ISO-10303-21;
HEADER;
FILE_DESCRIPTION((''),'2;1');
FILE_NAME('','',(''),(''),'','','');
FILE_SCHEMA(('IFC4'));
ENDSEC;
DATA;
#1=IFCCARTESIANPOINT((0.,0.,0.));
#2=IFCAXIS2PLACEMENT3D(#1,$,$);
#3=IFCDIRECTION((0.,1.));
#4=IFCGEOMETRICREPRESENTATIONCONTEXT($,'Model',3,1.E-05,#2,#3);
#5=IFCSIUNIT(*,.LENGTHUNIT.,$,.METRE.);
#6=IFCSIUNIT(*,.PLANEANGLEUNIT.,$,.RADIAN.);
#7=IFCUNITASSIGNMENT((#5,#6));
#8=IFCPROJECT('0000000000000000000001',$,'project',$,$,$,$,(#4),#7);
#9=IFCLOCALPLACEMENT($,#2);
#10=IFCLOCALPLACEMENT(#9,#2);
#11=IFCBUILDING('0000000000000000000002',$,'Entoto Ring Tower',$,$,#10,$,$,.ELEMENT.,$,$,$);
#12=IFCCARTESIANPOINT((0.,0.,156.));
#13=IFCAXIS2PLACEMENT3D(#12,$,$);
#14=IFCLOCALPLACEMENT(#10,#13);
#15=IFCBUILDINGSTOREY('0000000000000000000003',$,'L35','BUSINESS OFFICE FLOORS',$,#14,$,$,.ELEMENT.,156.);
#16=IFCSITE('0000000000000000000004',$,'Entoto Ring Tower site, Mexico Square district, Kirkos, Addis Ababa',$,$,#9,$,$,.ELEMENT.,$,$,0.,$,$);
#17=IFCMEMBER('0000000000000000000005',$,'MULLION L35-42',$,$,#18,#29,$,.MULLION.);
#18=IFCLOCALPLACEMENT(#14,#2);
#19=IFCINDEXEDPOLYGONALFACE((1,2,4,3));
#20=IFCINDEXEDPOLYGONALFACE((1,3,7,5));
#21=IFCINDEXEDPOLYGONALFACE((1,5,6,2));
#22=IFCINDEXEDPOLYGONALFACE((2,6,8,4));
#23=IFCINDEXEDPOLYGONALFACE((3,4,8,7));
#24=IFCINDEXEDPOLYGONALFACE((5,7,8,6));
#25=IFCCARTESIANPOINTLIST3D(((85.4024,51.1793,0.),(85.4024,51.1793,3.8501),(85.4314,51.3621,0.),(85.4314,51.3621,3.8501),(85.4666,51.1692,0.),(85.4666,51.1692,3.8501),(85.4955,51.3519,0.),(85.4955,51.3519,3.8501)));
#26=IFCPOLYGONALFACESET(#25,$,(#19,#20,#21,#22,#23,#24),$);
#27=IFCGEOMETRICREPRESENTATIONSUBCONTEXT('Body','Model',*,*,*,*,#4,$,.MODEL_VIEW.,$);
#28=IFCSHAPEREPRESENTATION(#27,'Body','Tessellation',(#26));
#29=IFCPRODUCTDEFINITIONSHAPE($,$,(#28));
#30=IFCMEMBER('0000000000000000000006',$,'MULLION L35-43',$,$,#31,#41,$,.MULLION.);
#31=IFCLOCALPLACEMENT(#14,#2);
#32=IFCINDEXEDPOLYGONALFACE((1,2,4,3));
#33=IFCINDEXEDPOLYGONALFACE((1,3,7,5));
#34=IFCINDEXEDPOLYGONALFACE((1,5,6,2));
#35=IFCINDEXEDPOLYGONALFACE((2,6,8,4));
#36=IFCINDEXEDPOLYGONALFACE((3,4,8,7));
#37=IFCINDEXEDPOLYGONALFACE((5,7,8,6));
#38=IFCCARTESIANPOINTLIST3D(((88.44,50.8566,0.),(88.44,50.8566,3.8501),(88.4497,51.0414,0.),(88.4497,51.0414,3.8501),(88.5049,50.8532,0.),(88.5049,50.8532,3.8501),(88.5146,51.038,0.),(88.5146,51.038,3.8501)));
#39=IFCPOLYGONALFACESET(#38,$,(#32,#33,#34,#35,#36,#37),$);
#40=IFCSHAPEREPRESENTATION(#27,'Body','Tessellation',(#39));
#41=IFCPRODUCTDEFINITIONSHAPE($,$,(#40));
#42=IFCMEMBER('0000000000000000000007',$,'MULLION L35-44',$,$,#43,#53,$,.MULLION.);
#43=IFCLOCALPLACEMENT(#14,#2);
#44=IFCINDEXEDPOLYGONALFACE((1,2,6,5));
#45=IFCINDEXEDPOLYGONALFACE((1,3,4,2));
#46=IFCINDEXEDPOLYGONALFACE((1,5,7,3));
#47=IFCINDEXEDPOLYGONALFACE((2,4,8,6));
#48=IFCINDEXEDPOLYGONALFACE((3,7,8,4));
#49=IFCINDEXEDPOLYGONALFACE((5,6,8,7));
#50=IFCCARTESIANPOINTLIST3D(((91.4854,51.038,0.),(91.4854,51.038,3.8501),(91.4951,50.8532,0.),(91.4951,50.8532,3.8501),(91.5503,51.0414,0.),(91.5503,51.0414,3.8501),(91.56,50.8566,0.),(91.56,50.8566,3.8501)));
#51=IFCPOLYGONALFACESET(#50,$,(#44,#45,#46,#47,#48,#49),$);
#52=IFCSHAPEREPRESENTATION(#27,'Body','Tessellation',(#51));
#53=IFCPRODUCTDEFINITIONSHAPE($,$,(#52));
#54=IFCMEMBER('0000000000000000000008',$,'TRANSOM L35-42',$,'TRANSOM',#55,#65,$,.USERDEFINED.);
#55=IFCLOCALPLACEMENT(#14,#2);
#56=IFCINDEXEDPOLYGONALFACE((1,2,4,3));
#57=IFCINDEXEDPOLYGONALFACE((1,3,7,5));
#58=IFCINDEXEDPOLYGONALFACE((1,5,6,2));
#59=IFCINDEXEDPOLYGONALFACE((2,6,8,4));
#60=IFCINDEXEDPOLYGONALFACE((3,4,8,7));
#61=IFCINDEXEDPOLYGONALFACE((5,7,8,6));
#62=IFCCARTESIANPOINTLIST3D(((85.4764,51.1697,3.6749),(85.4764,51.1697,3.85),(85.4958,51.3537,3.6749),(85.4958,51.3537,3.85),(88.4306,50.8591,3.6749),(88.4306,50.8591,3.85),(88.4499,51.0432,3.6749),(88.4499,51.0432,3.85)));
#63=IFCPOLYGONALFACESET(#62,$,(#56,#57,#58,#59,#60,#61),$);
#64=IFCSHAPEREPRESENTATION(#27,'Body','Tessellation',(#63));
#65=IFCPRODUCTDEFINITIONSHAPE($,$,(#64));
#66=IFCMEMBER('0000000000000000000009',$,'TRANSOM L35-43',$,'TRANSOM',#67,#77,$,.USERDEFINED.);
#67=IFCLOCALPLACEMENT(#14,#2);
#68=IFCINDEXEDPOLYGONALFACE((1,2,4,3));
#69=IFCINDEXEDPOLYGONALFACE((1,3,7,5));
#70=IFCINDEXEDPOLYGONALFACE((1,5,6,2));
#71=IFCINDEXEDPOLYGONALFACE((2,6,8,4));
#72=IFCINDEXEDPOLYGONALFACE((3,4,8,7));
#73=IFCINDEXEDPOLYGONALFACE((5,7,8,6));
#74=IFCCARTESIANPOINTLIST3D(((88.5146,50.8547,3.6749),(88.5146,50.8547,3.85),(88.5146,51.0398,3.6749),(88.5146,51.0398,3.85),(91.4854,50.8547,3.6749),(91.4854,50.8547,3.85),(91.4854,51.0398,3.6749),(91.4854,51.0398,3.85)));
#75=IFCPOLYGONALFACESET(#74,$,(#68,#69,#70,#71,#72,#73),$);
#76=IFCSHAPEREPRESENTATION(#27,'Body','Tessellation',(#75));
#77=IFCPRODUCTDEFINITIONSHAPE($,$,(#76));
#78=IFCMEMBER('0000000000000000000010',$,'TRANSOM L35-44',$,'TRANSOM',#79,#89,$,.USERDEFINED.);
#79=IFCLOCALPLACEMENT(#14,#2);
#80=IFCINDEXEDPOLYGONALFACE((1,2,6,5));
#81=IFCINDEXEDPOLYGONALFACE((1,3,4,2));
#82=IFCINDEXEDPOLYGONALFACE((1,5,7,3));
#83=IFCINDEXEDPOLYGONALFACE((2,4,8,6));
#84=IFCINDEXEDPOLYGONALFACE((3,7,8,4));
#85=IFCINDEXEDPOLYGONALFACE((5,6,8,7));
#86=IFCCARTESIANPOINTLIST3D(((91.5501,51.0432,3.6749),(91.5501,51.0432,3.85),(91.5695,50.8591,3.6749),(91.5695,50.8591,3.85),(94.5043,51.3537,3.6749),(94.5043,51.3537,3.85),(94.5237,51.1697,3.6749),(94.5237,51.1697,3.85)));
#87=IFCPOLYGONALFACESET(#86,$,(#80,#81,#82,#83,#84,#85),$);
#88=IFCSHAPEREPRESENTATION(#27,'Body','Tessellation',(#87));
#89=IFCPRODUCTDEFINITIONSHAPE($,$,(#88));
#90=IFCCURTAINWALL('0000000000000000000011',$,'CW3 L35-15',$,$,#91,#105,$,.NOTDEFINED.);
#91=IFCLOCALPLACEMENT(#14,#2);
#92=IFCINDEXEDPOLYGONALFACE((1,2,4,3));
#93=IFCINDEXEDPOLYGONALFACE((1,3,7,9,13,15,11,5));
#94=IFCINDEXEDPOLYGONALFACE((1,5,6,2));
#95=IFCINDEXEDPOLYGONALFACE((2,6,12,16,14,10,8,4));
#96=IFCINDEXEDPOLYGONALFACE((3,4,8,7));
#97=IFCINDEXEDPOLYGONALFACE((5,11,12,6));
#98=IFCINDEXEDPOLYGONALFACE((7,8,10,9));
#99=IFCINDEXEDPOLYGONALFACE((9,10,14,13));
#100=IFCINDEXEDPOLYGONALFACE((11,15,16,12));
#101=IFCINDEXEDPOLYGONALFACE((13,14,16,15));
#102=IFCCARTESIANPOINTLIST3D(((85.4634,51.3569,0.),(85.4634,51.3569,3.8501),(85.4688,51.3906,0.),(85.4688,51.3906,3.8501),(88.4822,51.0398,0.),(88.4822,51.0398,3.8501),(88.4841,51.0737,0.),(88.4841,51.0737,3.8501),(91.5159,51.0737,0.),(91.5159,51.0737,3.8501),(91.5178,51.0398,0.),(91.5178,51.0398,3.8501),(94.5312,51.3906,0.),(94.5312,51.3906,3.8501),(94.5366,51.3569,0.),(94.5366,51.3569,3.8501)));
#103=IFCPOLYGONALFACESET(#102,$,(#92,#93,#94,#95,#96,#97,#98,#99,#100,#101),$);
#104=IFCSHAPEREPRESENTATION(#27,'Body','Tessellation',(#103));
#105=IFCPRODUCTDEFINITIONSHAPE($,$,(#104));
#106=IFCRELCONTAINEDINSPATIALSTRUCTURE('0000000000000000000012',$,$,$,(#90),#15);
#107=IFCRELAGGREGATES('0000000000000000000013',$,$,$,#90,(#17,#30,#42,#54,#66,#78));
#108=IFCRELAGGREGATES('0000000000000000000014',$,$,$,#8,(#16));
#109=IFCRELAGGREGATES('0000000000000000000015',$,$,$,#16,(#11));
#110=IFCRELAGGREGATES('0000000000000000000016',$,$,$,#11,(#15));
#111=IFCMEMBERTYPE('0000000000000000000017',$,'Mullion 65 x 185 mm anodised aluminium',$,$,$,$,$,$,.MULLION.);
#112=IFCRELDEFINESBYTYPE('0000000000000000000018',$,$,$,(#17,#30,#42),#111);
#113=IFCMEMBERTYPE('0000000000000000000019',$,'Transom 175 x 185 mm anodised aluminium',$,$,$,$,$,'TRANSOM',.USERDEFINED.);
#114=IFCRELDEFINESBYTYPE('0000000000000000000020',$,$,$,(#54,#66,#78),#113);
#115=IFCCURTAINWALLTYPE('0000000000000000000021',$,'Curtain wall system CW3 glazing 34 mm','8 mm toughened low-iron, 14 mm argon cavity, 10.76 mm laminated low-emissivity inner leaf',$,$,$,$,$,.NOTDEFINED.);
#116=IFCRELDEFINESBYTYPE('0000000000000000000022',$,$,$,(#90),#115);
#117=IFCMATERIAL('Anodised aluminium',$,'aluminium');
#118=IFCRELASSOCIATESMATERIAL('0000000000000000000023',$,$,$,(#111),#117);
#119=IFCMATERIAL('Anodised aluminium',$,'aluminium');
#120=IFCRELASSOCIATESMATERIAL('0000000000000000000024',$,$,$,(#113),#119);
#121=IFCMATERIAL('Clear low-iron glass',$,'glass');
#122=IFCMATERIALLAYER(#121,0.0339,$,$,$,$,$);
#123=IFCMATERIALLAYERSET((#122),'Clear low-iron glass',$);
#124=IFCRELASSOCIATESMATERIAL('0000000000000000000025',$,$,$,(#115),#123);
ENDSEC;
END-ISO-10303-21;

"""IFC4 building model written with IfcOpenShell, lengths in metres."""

from ifc_helpers import new_model, si_unit, direction, frame, origin, origin_2d, place, context, subcontext, project, spatial, polyline, rectangle, outline, extrude, material, layer, layer_set, material_profile, profile_set, type_object, element, aggregate, save


model = new_model("IFC4")

# Units and contexts
model_context = context("Model", 3, precision=1e-05, world=origin(), true_north=direction((0.0, 1.0)))
body_context = subcontext(model_context, "Body", "Model", "MODEL_VIEW")
ifc_project = project(units=[si_unit("LENGTHUNIT", "METRE"), si_unit("PLANEANGLEUNIT", "RADIAN")], contexts=[model_context])

# Members
ifc_material_1 = material(Name="Anodised aluminium", Category="aluminium")
ifc_material_profile_1 = material_profile(ifc_material_1, rectangle(XDim=0.0649, YDim=0.1851, at=origin_2d()), Name="Mullion 65 x 185 mm anodised aluminium")
ifc_profile_set_1 = profile_set([ifc_material_profile_1], Name="Anodised aluminium")
member_type_1 = type_object("IfcMemberType", Name="Mullion 65 x 185 mm anodised aluminium", PredefinedType="MULLION", material=ifc_profile_set_1)
site_placement = place(None, origin())
building_placement = place(site_placement, origin())
storey_placement = place(building_placement, frame((0.0, 0.0, 156.0)))
member_1_placement = place(storey_placement, frame((85.449, 51.2656, 0.0), z_axis=(0.0, 0.0, 1.0), x_axis=(0.987688, -0.156434, 0.0)))
member_1 = element("IfcMember", 1, at=member_1_placement, type_object=member_type_1, Name="MULLION L35-42", PredefinedType="MULLION", context=body_context, shape_type="SweptSolid", body=[
    extrude(rectangle(XDim=0.0649, YDim=0.1851, at=origin_2d()), origin(), (0.0, 0.0, 1.0), 3.8501),
])
member_2_placement = place(storey_placement, frame((88.4773, 50.9473, 0.0), z_axis=(0.0, 0.0, 1.0), x_axis=(0.99863, -0.052336, 0.0)))
member_2 = element("IfcMember", 2, at=member_2_placement, type_object=member_type_1, Name="MULLION L35-43", PredefinedType="MULLION", context=body_context, shape_type="SweptSolid", body=[
    extrude(rectangle(XDim=0.0649, YDim=0.1851, at=origin_2d()), origin(), (0.0, 0.0, 1.0), 3.8501),
])
member_3_placement = place(storey_placement, frame((91.5227, 50.9473, 0.0), z_axis=(0.0, 0.0, 1.0), x_axis=(0.99863, 0.052336, 0.0)))
member_3 = element("IfcMember", 3, at=member_3_placement, type_object=member_type_1, Name="MULLION L35-44", PredefinedType="MULLION", context=body_context, shape_type="SweptSolid", body=[
    extrude(rectangle(XDim=0.0649, YDim=0.1851, at=origin_2d()), origin(), (0.0, 0.0, 1.0), 3.8501),
])
ifc_material_2 = material(Name="Anodised aluminium", Category="aluminium")
ifc_material_profile_2 = material_profile(ifc_material_2, rectangle(XDim=0.1851, YDim=0.175, at=origin_2d()), Name="Transom 175 x 185 mm anodised aluminium")
ifc_profile_set_2 = profile_set([ifc_material_profile_2], Name="Anodised aluminium")
member_type_2 = type_object("IfcMemberType", Name="Transom 175 x 185 mm anodised aluminium", ElementType="TRANSOM", PredefinedType="USERDEFINED", material=ifc_profile_set_2)
member_4_placement = place(storey_placement, frame((85.4861, 51.2617, 3.7625), z_axis=(0.99452, -0.104548, 0.0), x_axis=(0.104548, 0.99452, 0.0)))
member_4 = element("IfcMember", 4, at=member_4_placement, type_object=member_type_2, Name="TRANSOM L35-42", ObjectType="TRANSOM", PredefinedType="USERDEFINED", context=body_context, shape_type="SweptSolid", body=[
    extrude(rectangle(XDim=0.1851, YDim=0.175, at=origin_2d()), origin(), (0.0, 0.0, 1.0), 2.9705),
])
member_5_placement = place(storey_placement, frame((88.5146, 50.9473, 3.7625), z_axis=(1.0, 0.0, 0.0), x_axis=(0.0, 1.0, 0.0)))
member_5 = element("IfcMember", 5, at=member_5_placement, type_object=member_type_2, Name="TRANSOM L35-43", ObjectType="TRANSOM", PredefinedType="USERDEFINED", context=body_context, shape_type="SweptSolid", body=[
    extrude(rectangle(XDim=0.1851, YDim=0.175, at=origin_2d()), origin(), (0.0, 0.0, 1.0), 2.9707),
])
member_6_placement = place(storey_placement, frame((91.5598, 50.9512, 3.7625), z_axis=(0.99452, 0.104548, 0.0), x_axis=(-0.104548, 0.99452, 0.0)))
member_6 = element("IfcMember", 6, at=member_6_placement, type_object=member_type_2, Name="TRANSOM L35-44", ObjectType="TRANSOM", PredefinedType="USERDEFINED", context=body_context, shape_type="SweptSolid", body=[
    extrude(rectangle(XDim=0.1851, YDim=0.175, at=origin_2d()), origin(), (0.0, 0.0, 1.0), 2.9705),
])

# Site, building, storey
site = spatial("IfcSite", under=ifc_project, at=site_placement, Name="Entoto Ring Tower site, Mexico Square district, Kirkos, Addis Ababa", CompositionType="ELEMENT", RefElevation=0.0)
building = spatial("IfcBuilding", under=site, at=building_placement, Name="Entoto Ring Tower", CompositionType="ELEMENT")
storey = spatial("IfcBuildingStorey", under=building, at=storey_placement, Name="L35", Description="BUSINESS OFFICE FLOORS", CompositionType="ELEMENT", Elevation=156.0)

# Curtain wall
ifc_material_3 = material(Name="Clear low-iron glass", Category="glass")
ifc_layer = layer(ifc_material_3, 0.0339)
ifc_layer_set = layer_set([ifc_layer], Name="Clear low-iron glass")
curtain_wall_type = type_object("IfcCurtainWallType", Name="Curtain wall system CW3 glazing 34 mm", Description="8 mm toughened low-iron, 14 mm argon cavity, 10.76 mm laminated low-emissivity inner leaf", PredefinedType="NOTDEFINED", material=ifc_layer_set)
curtain_wall_1_placement = place(storey_placement, origin())
curtain_wall_1 = element("IfcCurtainWall", 7, at=curtain_wall_1_placement, inside=storey, type_object=curtain_wall_type, Name="CW3 L35-15", PredefinedType="NOTDEFINED", context=body_context, shape_type="SweptSolid", body=[
    extrude(outline(polyline([(85.4634, 51.3569), (88.4822, 51.0398), (91.5178, 51.0398), (94.5366, 51.3569), (94.5312, 51.3906), (91.5159, 51.0737), (88.4841, 51.0737), (85.4688, 51.3906), (85.4634, 51.3569)])), origin(), (0.0, 0.0, 1.0), 3.8501),
])
aggregate(curtain_wall_1, [member_1, member_2, member_3, member_4, member_5, member_6])

save(model, "model.ifc")
